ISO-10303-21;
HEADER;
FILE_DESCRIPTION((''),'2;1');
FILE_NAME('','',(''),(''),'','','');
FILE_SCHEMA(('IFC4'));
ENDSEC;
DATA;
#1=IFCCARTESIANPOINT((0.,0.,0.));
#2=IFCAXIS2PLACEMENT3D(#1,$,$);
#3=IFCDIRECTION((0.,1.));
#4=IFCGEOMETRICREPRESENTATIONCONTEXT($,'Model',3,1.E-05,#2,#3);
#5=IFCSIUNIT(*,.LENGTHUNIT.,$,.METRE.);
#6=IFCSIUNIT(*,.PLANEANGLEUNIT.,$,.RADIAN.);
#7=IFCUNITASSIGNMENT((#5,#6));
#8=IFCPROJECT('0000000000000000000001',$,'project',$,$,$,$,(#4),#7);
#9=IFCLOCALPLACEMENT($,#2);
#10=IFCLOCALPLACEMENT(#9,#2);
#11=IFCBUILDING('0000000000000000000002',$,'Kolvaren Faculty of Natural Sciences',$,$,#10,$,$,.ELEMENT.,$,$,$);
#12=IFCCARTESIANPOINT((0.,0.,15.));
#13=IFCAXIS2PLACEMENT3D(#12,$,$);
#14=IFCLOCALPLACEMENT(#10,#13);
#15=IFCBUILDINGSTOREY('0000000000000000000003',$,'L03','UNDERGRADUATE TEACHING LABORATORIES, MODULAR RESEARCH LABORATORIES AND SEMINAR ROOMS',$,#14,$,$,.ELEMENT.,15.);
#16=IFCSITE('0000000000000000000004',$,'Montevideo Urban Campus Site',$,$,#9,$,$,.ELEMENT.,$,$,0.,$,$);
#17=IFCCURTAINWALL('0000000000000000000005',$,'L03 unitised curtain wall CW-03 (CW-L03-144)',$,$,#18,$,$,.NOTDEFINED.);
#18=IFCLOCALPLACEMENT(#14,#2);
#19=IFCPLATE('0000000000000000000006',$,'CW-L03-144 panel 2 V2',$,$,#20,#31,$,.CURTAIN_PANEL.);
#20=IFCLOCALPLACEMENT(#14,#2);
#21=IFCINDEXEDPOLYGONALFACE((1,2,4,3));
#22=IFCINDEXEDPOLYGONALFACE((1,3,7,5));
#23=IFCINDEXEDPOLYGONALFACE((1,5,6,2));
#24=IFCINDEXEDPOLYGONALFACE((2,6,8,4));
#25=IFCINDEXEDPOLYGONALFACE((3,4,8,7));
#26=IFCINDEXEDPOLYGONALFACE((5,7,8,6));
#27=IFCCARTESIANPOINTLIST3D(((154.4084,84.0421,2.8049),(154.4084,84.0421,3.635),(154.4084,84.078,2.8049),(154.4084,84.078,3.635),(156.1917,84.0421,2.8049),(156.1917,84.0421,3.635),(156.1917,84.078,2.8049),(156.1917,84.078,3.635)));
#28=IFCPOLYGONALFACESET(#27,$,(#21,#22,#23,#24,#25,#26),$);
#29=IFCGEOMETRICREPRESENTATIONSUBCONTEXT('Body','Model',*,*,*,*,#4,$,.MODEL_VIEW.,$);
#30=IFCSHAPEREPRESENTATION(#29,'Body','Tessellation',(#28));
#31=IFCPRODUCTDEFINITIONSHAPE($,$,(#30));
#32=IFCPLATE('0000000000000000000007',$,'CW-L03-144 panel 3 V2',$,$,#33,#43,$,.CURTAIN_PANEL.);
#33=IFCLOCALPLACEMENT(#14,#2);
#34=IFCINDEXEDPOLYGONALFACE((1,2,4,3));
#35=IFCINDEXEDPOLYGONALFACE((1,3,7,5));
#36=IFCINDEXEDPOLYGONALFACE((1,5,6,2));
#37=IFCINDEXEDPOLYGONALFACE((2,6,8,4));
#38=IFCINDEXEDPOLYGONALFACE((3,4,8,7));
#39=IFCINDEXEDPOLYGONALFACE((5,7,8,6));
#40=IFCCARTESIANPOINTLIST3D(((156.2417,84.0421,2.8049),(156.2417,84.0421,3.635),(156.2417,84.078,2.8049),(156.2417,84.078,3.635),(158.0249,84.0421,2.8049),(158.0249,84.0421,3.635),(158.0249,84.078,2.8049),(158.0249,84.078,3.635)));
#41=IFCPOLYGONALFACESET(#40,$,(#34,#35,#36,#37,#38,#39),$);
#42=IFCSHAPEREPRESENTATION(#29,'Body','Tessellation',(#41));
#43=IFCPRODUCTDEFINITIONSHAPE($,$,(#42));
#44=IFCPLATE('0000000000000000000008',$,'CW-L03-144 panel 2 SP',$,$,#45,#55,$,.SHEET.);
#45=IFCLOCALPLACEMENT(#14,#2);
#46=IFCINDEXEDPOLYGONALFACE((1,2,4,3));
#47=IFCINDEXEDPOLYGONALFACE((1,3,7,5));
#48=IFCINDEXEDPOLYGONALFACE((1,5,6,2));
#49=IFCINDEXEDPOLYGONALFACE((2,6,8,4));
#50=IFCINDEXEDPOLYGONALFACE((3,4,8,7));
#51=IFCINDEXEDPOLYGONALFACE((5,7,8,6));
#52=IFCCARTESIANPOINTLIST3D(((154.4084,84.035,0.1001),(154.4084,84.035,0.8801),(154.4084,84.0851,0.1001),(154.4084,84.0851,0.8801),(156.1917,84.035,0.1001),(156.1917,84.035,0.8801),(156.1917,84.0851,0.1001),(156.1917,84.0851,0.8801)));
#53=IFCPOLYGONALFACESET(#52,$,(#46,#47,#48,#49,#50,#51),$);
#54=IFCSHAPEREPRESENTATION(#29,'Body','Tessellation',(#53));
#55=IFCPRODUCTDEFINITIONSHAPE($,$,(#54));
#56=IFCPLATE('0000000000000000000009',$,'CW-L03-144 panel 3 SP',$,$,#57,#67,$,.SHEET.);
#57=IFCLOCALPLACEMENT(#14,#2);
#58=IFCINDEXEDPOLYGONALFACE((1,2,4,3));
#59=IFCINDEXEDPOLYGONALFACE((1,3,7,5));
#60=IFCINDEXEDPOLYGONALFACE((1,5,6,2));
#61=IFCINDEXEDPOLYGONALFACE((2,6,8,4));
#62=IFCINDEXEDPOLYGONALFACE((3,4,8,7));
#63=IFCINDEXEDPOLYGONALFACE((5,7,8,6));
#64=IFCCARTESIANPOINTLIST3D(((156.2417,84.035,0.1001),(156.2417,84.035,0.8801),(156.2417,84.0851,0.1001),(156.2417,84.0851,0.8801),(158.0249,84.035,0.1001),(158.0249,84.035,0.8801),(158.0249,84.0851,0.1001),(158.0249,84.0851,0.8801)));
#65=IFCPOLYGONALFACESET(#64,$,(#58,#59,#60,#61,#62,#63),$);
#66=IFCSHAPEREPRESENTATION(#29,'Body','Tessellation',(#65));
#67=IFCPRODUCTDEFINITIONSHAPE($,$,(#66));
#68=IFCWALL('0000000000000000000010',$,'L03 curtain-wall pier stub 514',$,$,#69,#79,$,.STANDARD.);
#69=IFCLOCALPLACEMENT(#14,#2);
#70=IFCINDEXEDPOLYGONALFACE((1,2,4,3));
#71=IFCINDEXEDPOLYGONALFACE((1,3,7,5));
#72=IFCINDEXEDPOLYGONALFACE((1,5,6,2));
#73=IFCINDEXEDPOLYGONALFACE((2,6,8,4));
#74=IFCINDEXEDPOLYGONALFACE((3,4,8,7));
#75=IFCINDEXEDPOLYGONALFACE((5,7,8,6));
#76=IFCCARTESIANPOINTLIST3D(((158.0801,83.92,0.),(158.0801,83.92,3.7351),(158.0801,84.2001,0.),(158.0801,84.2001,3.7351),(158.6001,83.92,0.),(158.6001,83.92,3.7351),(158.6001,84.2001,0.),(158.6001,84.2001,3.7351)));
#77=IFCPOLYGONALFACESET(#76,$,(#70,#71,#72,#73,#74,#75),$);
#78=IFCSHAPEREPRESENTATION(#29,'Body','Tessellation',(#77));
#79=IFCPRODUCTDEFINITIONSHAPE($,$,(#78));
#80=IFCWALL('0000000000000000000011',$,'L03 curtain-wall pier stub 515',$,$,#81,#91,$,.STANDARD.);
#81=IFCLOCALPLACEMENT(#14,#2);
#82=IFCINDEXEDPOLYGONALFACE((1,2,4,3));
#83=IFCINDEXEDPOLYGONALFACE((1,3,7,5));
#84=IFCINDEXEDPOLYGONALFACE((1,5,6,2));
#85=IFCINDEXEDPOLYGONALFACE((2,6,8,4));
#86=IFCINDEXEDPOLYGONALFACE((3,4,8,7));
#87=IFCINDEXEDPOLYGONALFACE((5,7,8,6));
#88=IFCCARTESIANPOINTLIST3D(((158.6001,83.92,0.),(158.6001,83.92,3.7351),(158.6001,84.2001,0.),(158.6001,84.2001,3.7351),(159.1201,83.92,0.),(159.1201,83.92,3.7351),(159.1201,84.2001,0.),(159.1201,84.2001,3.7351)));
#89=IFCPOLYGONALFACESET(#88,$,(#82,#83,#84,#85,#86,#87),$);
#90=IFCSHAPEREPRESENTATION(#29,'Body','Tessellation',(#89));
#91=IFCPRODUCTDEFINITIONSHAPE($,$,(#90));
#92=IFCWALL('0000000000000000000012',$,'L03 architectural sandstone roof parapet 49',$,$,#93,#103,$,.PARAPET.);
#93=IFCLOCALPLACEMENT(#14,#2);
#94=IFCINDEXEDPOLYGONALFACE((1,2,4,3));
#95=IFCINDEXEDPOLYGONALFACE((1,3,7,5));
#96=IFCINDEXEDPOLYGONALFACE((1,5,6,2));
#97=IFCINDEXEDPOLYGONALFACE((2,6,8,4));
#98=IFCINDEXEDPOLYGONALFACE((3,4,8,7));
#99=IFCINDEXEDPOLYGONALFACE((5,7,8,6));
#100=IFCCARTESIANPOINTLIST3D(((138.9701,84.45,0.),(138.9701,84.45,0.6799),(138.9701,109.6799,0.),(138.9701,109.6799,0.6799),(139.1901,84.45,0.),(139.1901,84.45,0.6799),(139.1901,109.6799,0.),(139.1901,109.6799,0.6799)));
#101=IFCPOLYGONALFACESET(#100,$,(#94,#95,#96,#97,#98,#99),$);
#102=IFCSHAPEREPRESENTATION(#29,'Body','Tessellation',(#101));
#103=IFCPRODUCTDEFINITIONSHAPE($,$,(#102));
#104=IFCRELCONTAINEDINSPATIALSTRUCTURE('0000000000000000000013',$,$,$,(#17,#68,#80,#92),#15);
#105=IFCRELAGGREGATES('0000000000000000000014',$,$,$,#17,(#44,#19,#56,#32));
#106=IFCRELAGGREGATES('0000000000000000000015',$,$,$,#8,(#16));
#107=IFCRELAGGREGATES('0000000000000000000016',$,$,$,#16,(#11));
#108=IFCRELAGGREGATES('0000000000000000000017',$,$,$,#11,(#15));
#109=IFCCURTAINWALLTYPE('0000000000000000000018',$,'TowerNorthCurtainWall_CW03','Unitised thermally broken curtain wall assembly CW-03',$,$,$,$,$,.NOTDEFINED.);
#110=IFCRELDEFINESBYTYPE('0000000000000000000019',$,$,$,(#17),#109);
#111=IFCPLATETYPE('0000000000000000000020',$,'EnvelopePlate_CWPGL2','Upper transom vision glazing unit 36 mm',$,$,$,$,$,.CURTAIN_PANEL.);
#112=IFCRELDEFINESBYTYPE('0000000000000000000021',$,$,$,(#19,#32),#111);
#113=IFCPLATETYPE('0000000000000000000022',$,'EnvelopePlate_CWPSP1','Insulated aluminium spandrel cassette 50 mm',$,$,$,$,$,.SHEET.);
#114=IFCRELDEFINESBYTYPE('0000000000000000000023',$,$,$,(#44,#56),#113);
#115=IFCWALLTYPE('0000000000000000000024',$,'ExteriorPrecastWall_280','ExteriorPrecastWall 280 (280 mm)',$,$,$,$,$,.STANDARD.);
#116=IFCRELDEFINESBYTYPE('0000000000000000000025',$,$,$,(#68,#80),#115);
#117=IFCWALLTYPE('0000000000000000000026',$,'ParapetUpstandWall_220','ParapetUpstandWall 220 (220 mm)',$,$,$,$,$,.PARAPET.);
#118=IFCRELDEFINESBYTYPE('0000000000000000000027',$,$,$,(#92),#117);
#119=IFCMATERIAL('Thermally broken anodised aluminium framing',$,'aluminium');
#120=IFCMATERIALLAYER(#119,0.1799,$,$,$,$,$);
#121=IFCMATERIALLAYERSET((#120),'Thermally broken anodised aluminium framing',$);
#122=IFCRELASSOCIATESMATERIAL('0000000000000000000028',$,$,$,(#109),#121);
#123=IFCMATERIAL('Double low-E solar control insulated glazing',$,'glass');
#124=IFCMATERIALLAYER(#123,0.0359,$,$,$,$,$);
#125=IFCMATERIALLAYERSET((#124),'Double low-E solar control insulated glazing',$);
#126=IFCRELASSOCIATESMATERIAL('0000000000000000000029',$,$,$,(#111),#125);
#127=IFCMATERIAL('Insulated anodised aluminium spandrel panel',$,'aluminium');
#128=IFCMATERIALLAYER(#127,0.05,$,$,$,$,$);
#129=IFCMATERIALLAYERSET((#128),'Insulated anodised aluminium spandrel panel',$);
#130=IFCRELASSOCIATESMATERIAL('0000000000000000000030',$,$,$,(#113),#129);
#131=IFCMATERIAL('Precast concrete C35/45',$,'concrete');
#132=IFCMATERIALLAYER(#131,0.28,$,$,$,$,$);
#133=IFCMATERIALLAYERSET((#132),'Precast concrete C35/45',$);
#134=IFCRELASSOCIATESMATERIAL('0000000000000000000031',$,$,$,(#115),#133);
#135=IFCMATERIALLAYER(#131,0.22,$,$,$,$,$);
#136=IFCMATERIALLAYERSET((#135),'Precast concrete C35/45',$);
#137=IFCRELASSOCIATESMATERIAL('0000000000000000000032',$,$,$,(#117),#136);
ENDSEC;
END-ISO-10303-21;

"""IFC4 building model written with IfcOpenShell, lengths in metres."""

from ifc_helpers import new_model, si_unit, direction, frame, frame_2d, origin, origin_2d, place, context, subcontext, project, spatial, rectangle, extrude, material, layer, layer_set, type_object, element, aggregate, save


model = new_model("IFC4")

# Units and contexts
model_context = context("Model", 3, precision=1e-05, world=origin(), true_north=direction((0.0, 1.0)))
body_context = subcontext(model_context, "Body", "Model", "MODEL_VIEW")
ifc_project = project(units=[si_unit("LENGTHUNIT", "METRE"), si_unit("PLANEANGLEUNIT", "RADIAN")], contexts=[model_context])

# Site, building, storey
site_placement = place(None, origin())
site = spatial("IfcSite", under=ifc_project, at=site_placement, Name="Montevideo Urban Campus Site", CompositionType="ELEMENT", RefElevation=0.0)
building_placement = place(site_placement, origin())
building = spatial("IfcBuilding", under=site, at=building_placement, Name="Kolvaren Faculty of Natural Sciences", CompositionType="ELEMENT")
storey_placement = place(building_placement, frame((0.0, 0.0, 15.0)))
storey = spatial("IfcBuildingStorey", under=building, at=storey_placement, Name="L03", Description="UNDERGRADUATE TEACHING LABORATORIES, MODULAR RESEARCH LABORATORIES AND SEMINAR ROOMS", CompositionType="ELEMENT", Elevation=15.0)

# Curtain wall
ifc_material_1 = material(Name="Thermally broken anodised aluminium framing", Category="aluminium")
ifc_layer_1 = layer(ifc_material_1, 0.1799)
ifc_layer_set_1 = layer_set([ifc_layer_1], Name="Thermally broken anodised aluminium framing")
curtain_wall_type = type_object("IfcCurtainWallType", Name="TowerNorthCurtainWall_CW03", Description="Unitised thermally broken curtain wall assembly CW-03", PredefinedType="NOTDEFINED", material=ifc_layer_set_1)
curtain_wall_placement = place(storey_placement, origin())
curtain_wall = element("IfcCurtainWall", 1, at=curtain_wall_placement, inside=storey, type_object=curtain_wall_type, Name="L03 unitised curtain wall CW-03 (CW-L03-144)", PredefinedType="NOTDEFINED")

# Plates
ifc_material_2 = material(Name="Double low-E solar control insulated glazing", Category="glass")
ifc_layer_2 = layer(ifc_material_2, 0.0359)
ifc_layer_set_2 = layer_set([ifc_layer_2], Name="Double low-E solar control insulated glazing")
plate_type_1 = type_object("IfcPlateType", Name="EnvelopePlate_CWPGL2", Description="Upper transom vision glazing unit 36 mm", PredefinedType="CURTAIN_PANEL", material=ifc_layer_set_2)
plate_1_placement = place(storey_placement, frame((155.3, 84.0601, 2.8049), z_axis=(0.0, 0.0, 1.0), x_axis=(1.0, 0.0, 0.0)))
plate_1 = element("IfcPlate", 2, at=plate_1_placement, type_object=plate_type_1, Name="CW-L03-144 panel 2 V2", PredefinedType="CURTAIN_PANEL", context=body_context, shape_type="SweptSolid", body=[
    extrude(rectangle(XDim=1.7832, YDim=0.0359, at=origin_2d()), origin(), (0.0, 0.0, 1.0), 0.8301),
])
plate_2_placement = place(storey_placement, frame((157.1333, 84.0601, 2.8049), z_axis=(0.0, 0.0, 1.0), x_axis=(1.0, 0.0, 0.0)))
plate_2 = element("IfcPlate", 3, at=plate_2_placement, type_object=plate_type_1, Name="CW-L03-144 panel 3 V2", PredefinedType="CURTAIN_PANEL", context=body_context, shape_type="SweptSolid", body=[
    extrude(rectangle(XDim=1.7832, YDim=0.0359, at=origin_2d()), origin(), (0.0, 0.0, 1.0), 0.8301),
])
ifc_material_3 = material(Name="Insulated anodised aluminium spandrel panel", Category="aluminium")
ifc_layer_3 = layer(ifc_material_3, 0.05)
ifc_layer_set_3 = layer_set([ifc_layer_3], Name="Insulated anodised aluminium spandrel panel")
plate_type_2 = type_object("IfcPlateType", Name="EnvelopePlate_CWPSP1", Description="Insulated aluminium spandrel cassette 50 mm", PredefinedType="SHEET", material=ifc_layer_set_3)
plate_3_placement = place(storey_placement, frame((155.3, 84.0601, 0.1001), z_axis=(0.0, 0.0, 1.0), x_axis=(1.0, 0.0, 0.0)))
plate_3 = element("IfcPlate", 4, at=plate_3_placement, type_object=plate_type_2, Name="CW-L03-144 panel 2 SP", PredefinedType="SHEET", context=body_context, shape_type="SweptSolid", body=[
    extrude(rectangle(XDim=1.7832, YDim=0.05, at=origin_2d()), origin(), (0.0, 0.0, 1.0), 0.78),
])
plate_4_placement = place(storey_placement, frame((157.1333, 84.0601, 0.1001), z_axis=(0.0, 0.0, 1.0), x_axis=(1.0, 0.0, 0.0)))
plate_4 = element("IfcPlate", 5, at=plate_4_placement, type_object=plate_type_2, Name="CW-L03-144 panel 3 SP", PredefinedType="SHEET", context=body_context, shape_type="SweptSolid", body=[
    extrude(rectangle(XDim=1.7832, YDim=0.05, at=origin_2d()), origin(), (0.0, 0.0, 1.0), 0.78),
])
aggregate(curtain_wall, [plate_3, plate_1, plate_4, plate_2])

# Walls
ifc_material_4 = material(Name="Precast concrete C35/45", Category="concrete")
ifc_layer_4 = layer(ifc_material_4, 0.28)
ifc_layer_set_4 = layer_set([ifc_layer_4], Name="Precast concrete C35/45")
wall_type_1 = type_object("IfcWallType", Name="ExteriorPrecastWall_280", Description="ExteriorPrecastWall 280 (280 mm)", PredefinedType="STANDARD", material=ifc_layer_set_4)
for number, where, z_axis, x_axis, name in (
    (6, (158.0801, 84.0601, 0.0), (0.0, 0.0, 1.0), (1.0, 0.0, 0.0), "L03 curtain-wall pier stub 514"),
    (7, (158.6001, 84.0601, 0.0), (0.0, 0.0, 1.0), (1.0, 0.0, 0.0), "L03 curtain-wall pier stub 515"),
):
    element("IfcWall", number, at=place(storey_placement, frame(where, z_axis=z_axis, x_axis=x_axis)), inside=storey, type_object=wall_type_1, Name=name, PredefinedType="STANDARD", context=body_context, shape_type="SweptSolid", body=[
        extrude(rectangle(XDim=0.52, YDim=0.28, at=frame_2d((0.26, 0.0))), origin(), (0.0, 0.0, 1.0), 3.7351),
    ])
ifc_layer_5 = layer(ifc_material_4, 0.22)
ifc_layer_set_5 = layer_set([ifc_layer_5], Name="Precast concrete C35/45")
wall_type_2 = type_object("IfcWallType", Name="ParapetUpstandWall_220", Description="ParapetUpstandWall 220 (220 mm)", PredefinedType="PARAPET", material=ifc_layer_set_5)
wall_placement = place(storey_placement, frame((139.0801, 109.6799, 0.0), z_axis=(0.0, 0.0, 1.0), x_axis=(0.0, -1.0, 0.0)))
element("IfcWall", 8, at=wall_placement, inside=storey, type_object=wall_type_2, Name="L03 architectural sandstone roof parapet 49", PredefinedType="PARAPET", context=body_context, shape_type="SweptSolid", body=[
    extrude(rectangle(XDim=25.23, YDim=0.22, at=frame_2d((12.615, 0.0))), origin(), (0.0, 0.0, 1.0), 0.6799),
])

save(model, "model.ifc")
